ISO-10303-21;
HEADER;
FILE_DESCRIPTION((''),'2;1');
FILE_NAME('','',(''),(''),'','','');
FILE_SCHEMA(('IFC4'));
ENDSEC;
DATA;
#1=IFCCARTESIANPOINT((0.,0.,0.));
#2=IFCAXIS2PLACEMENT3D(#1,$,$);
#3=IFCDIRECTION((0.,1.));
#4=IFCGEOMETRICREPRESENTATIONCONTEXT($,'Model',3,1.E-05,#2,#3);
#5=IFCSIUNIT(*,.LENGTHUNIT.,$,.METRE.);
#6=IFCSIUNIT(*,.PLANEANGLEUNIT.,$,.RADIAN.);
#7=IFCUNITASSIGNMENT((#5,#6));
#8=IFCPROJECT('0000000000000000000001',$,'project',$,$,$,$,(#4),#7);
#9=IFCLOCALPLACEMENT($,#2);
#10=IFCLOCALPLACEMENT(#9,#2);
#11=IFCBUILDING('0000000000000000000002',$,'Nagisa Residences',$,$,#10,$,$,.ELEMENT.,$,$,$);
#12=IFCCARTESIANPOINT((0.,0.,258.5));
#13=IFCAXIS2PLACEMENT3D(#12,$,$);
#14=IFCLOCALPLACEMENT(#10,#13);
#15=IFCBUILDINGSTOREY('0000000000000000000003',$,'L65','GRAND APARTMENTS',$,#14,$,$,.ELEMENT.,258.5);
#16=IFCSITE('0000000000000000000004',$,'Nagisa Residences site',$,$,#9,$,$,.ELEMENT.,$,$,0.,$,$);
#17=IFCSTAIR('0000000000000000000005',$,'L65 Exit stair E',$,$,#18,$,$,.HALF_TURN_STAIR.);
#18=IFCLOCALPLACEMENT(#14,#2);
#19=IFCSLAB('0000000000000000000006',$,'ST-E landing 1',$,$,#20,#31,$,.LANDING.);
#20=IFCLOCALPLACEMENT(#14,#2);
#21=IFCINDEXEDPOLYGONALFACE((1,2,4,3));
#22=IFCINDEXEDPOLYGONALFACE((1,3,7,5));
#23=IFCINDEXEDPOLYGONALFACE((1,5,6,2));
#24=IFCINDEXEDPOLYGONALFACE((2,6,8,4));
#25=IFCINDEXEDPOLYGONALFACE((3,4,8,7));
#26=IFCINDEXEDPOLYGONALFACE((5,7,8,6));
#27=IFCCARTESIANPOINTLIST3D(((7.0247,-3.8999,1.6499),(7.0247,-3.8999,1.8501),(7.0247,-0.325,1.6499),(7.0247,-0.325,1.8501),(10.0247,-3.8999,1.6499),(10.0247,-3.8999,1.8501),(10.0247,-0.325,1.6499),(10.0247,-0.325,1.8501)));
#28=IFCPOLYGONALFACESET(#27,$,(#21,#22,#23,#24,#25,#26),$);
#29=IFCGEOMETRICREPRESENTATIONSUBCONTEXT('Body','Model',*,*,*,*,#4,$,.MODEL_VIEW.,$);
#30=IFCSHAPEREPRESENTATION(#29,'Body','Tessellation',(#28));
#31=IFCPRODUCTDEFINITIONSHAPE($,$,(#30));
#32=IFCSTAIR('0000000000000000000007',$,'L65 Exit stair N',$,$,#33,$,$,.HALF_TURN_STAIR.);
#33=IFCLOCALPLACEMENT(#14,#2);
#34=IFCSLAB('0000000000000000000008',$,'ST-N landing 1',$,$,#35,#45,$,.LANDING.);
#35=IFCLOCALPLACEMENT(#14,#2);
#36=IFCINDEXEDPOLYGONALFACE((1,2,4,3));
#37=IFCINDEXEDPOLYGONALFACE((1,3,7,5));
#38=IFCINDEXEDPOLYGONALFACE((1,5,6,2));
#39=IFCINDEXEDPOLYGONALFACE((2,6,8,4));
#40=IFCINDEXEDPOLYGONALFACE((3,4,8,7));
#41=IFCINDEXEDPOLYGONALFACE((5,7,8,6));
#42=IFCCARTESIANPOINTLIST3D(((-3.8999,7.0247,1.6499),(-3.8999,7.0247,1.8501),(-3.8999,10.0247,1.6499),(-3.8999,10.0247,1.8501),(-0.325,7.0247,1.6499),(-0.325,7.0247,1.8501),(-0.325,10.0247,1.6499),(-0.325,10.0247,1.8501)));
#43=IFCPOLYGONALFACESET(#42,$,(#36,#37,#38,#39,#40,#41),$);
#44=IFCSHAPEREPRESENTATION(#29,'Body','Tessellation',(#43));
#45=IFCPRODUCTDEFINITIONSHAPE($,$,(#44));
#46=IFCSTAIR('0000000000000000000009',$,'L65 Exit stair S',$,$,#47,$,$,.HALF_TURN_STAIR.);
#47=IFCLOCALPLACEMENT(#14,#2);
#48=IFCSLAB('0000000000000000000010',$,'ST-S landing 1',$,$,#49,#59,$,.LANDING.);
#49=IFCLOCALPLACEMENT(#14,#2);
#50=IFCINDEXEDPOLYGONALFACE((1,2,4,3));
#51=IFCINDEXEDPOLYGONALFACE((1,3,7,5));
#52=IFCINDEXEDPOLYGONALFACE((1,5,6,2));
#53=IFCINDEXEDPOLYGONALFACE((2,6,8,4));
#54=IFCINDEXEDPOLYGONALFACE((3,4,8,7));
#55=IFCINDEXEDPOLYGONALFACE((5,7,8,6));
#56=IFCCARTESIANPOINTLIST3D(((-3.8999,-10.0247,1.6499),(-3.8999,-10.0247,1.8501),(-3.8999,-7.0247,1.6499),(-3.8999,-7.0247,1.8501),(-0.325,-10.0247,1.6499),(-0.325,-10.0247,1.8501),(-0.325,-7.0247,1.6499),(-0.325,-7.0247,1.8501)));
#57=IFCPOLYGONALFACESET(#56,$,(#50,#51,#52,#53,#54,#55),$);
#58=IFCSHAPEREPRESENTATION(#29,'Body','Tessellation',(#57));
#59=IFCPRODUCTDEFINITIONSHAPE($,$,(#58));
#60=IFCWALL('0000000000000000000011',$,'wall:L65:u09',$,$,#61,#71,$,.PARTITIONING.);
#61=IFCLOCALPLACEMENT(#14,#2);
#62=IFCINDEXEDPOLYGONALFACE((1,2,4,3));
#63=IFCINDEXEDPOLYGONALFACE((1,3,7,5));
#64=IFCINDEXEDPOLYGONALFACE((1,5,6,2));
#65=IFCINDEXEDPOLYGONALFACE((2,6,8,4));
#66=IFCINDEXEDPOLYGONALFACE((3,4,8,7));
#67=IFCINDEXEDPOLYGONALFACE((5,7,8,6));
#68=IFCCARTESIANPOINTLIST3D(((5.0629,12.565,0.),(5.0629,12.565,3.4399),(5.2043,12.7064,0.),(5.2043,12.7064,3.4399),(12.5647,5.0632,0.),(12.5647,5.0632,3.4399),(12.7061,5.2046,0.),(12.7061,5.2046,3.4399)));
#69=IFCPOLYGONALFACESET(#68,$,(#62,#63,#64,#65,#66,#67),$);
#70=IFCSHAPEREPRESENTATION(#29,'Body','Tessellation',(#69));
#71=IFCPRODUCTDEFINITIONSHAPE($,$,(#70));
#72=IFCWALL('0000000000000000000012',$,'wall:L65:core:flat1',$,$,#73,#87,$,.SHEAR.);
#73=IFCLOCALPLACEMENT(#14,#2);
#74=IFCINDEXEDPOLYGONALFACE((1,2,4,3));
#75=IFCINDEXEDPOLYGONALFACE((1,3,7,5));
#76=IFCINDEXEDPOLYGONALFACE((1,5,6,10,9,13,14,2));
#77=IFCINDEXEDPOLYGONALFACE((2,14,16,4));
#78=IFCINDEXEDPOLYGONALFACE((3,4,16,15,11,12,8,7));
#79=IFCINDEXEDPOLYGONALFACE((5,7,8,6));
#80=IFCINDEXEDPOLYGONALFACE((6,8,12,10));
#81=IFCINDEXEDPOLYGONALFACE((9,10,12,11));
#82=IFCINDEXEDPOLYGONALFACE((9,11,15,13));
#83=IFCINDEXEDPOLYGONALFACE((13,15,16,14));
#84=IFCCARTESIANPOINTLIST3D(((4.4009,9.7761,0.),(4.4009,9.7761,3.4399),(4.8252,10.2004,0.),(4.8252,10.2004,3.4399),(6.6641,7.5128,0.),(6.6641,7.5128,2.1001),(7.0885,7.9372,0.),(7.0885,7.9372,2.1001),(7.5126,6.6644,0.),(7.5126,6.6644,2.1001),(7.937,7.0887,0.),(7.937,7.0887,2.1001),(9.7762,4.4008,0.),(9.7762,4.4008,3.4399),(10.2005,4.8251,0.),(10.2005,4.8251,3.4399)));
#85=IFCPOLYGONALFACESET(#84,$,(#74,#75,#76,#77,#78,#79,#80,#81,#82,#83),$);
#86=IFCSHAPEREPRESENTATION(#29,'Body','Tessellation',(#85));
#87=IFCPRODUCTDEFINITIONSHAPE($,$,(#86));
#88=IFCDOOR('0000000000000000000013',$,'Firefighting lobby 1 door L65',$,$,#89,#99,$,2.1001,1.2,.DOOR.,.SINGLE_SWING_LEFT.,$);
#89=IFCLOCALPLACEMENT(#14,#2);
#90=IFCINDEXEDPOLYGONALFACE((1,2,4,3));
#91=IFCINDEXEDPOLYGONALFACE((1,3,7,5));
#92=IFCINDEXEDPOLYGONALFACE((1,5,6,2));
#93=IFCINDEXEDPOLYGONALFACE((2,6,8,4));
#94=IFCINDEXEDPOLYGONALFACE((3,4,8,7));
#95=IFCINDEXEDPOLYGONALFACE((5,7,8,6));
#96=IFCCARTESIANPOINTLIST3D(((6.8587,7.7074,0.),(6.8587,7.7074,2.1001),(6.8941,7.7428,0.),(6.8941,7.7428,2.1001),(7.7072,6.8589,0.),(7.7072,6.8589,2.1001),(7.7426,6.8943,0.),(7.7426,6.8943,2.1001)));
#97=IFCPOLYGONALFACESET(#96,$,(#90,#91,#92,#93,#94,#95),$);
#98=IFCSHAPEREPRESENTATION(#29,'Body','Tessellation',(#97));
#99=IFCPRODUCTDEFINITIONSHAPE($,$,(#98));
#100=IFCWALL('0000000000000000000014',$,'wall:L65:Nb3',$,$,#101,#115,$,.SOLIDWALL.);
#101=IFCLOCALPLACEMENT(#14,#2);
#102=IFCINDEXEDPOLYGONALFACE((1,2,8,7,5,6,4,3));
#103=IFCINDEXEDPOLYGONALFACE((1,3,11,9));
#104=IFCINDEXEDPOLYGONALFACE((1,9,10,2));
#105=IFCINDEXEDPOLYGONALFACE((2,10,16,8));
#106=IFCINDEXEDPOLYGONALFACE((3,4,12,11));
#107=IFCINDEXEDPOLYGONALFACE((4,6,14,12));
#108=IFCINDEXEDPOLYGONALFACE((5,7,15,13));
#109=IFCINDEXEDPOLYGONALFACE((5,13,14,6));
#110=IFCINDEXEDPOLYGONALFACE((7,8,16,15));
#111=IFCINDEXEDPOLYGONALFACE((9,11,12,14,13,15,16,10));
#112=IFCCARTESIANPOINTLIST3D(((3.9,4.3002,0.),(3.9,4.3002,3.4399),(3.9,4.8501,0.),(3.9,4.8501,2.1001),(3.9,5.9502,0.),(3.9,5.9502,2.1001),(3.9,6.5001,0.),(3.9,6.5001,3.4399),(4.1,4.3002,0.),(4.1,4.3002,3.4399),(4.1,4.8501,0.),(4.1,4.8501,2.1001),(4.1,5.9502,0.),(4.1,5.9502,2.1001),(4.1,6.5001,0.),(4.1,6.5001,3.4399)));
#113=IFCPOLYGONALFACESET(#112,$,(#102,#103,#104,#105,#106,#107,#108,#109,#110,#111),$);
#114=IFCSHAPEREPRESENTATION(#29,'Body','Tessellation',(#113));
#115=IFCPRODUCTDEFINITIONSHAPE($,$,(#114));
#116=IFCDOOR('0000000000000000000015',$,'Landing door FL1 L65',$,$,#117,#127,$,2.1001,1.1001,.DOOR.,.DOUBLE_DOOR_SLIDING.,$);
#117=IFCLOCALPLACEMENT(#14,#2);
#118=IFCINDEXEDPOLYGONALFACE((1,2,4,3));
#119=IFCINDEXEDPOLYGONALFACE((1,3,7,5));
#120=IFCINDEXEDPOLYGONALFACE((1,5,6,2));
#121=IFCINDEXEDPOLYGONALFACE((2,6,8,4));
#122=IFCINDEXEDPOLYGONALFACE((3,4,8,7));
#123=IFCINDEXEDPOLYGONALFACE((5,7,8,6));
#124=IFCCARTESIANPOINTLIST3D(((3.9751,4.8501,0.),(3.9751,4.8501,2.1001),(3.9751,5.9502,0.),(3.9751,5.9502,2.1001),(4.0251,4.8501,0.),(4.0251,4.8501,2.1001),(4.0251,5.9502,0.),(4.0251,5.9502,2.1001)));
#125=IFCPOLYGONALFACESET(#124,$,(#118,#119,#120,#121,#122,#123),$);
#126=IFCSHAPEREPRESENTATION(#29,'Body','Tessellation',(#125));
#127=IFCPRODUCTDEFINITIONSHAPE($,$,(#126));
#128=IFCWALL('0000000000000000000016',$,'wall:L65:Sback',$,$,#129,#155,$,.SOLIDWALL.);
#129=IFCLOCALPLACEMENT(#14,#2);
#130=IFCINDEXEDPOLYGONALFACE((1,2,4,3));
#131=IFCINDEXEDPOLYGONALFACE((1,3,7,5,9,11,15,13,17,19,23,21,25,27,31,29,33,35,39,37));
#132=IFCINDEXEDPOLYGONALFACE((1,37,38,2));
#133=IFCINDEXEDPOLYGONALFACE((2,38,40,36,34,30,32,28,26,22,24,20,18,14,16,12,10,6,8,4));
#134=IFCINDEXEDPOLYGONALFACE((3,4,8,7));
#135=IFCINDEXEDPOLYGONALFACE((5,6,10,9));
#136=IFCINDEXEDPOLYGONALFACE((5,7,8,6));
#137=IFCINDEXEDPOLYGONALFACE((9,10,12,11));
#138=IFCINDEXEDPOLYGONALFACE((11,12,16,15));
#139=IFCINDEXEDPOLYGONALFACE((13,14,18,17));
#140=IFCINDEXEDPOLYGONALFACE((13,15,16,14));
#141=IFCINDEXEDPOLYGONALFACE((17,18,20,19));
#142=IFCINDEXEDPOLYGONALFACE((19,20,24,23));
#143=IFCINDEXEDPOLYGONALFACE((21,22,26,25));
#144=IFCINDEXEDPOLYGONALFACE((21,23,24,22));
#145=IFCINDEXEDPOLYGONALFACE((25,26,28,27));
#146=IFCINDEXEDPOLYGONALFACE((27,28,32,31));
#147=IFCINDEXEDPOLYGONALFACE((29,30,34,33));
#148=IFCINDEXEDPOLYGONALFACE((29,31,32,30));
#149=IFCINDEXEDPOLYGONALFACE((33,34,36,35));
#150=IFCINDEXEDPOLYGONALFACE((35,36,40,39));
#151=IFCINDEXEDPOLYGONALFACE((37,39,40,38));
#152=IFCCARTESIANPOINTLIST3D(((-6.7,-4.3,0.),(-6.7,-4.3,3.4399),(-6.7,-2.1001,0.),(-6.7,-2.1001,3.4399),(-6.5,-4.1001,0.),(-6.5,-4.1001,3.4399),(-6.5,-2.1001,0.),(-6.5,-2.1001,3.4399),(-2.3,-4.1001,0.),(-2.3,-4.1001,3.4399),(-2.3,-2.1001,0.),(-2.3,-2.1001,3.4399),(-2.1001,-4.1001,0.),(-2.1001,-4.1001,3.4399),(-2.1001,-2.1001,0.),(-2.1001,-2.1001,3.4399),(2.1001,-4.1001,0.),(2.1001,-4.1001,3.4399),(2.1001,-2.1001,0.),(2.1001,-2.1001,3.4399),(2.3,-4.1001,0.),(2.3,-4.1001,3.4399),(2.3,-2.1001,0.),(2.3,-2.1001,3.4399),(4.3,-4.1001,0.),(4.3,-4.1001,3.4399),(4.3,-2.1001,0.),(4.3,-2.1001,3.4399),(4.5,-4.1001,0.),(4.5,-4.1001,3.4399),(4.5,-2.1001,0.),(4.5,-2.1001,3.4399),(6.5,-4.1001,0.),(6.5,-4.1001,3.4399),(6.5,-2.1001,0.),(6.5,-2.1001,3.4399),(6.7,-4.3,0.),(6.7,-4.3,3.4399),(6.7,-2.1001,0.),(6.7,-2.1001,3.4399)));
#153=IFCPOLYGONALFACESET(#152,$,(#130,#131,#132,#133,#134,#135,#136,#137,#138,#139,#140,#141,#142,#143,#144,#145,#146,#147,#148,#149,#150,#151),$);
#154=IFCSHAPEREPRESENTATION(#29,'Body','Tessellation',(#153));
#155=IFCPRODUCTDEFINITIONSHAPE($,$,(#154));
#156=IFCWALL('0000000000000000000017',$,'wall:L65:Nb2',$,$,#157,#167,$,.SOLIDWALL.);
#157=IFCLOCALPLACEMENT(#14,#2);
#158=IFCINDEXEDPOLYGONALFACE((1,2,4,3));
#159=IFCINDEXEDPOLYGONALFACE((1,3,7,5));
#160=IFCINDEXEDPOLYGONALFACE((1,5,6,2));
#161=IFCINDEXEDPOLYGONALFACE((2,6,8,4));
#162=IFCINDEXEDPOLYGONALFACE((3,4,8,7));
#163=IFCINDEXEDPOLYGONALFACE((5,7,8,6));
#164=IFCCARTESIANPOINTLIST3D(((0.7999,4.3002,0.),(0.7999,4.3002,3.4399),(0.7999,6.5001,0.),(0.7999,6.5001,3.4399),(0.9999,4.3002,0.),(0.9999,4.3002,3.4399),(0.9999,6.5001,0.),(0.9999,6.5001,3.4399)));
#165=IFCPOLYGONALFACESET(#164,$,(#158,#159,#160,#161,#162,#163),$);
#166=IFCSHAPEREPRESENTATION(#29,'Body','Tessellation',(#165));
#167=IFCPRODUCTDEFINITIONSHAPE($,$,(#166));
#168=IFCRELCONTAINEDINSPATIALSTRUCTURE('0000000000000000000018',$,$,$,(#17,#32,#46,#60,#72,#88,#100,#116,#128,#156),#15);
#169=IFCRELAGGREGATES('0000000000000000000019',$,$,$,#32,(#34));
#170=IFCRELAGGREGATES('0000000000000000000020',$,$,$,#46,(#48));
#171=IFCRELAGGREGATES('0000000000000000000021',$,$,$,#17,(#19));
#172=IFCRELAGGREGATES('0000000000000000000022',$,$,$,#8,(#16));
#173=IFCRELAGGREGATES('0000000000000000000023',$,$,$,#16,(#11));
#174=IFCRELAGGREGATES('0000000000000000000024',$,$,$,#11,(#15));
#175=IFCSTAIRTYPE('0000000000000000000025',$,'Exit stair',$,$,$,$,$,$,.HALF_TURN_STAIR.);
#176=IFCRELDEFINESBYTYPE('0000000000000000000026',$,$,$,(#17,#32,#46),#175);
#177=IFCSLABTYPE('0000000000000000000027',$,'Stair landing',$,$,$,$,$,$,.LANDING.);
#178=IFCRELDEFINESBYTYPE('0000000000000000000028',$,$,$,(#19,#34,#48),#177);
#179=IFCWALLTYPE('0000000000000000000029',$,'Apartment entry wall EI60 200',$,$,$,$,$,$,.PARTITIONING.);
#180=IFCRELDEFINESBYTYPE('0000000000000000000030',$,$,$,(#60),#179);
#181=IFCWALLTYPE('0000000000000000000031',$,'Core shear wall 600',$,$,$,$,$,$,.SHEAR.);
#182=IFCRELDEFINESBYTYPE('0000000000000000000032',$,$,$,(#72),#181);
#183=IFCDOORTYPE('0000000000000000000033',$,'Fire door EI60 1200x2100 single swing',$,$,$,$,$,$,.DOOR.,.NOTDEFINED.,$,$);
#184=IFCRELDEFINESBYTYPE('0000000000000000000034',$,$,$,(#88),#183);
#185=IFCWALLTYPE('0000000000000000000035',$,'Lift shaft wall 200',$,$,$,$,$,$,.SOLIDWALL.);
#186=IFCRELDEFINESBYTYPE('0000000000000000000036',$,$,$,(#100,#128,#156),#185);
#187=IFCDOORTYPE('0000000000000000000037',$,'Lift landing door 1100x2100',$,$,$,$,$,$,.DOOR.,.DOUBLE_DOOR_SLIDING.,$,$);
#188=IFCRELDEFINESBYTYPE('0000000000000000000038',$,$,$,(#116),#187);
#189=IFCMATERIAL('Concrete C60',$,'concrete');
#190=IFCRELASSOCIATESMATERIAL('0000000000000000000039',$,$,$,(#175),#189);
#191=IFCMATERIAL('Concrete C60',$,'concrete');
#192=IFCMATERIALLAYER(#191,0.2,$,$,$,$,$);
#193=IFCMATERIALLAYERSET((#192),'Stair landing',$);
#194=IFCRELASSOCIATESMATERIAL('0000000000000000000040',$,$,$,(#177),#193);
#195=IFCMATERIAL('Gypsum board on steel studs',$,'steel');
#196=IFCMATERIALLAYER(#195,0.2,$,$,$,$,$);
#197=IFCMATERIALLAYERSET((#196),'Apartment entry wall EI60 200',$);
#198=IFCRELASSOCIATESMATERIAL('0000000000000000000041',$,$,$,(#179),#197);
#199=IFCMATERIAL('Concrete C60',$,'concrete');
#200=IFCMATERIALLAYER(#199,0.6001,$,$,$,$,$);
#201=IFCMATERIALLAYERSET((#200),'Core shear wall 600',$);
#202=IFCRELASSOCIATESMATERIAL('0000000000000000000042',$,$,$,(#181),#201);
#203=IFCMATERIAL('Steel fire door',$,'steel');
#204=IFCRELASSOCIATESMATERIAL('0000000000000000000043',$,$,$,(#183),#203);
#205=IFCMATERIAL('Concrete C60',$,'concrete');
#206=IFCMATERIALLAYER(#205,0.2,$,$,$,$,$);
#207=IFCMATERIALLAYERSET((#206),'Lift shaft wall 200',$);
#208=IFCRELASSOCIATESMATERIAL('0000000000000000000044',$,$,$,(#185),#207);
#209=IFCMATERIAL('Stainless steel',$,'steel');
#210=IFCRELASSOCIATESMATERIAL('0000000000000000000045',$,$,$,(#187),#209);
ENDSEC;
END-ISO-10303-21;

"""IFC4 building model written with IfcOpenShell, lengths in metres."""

from ifc_helpers import new_model, si_unit, direction, frame, frame_2d, origin, place, context, subcontext, project, spatial, polyline, rectangle, outline, extrude, material, layer, layer_set, type_object, element, fill, aggregate, save


model = new_model("IFC4")

# Units and contexts
model_context = context("Model", 3, precision=1e-05, world=origin(), true_north=direction((0.0, 1.0)))
body_context = subcontext(model_context, "Body", "Model", "MODEL_VIEW")
ifc_project = project(units=[si_unit("LENGTHUNIT", "METRE"), si_unit("PLANEANGLEUNIT", "RADIAN")], contexts=[model_context])

# Site, building, storey
site_placement = place(None, origin())
site = spatial("IfcSite", under=ifc_project, at=site_placement, Name="Nagisa Residences site", CompositionType="ELEMENT", RefElevation=0.0)
building_placement = place(site_placement, origin())
building = spatial("IfcBuilding", under=site, at=building_placement, Name="Nagisa Residences", CompositionType="ELEMENT")
storey_placement = place(building_placement, frame((0.0, 0.0, 258.5)))
storey = spatial("IfcBuildingStorey", under=building, at=storey_placement, Name="L65", Description="GRAND APARTMENTS", CompositionType="ELEMENT", Elevation=258.5)

# Stairs, slabs
ifc_material_1 = material(Name="Concrete C60", Category="concrete")
stair_type = type_object("IfcStairType", Name="Exit stair", PredefinedType="HALF_TURN_STAIR", material=ifc_material_1)
stair_1_placement = place(storey_placement, origin())
stair_1 = element("IfcStair", 1, at=stair_1_placement, inside=storey, type_object=stair_type, Name="L65 Exit stair E", PredefinedType="HALF_TURN_STAIR")
ifc_material_2 = material(Name="Concrete C60", Category="concrete")
ifc_layer_1 = layer(ifc_material_2, 0.2)
ifc_layer_set_1 = layer_set([ifc_layer_1], Name="Stair landing")
slab_type = type_object("IfcSlabType", Name="Stair landing", PredefinedType="LANDING", material=ifc_layer_set_1)
slab_1_placement = place(storey_placement, frame((0.0, 0.0, 1.6499)))
slab_1 = element("IfcSlab", 2, at=slab_1_placement, type_object=slab_type, Name="ST-E landing 1", PredefinedType="LANDING", context=body_context, shape_type="SweptSolid", body=[
    extrude(outline(polyline([(7.0247, -0.325), (7.0247, -3.8999), (10.0247, -3.8999), (10.0247, -0.325), (7.0247, -0.325)])), origin(), (0.0, 0.0, 1.0), 0.2002),
])
stair_2_placement = place(storey_placement, origin())
stair_2 = element("IfcStair", 3, at=stair_2_placement, inside=storey, type_object=stair_type, Name="L65 Exit stair N", PredefinedType="HALF_TURN_STAIR")
slab_2_placement = place(storey_placement, frame((0.0, 0.0, 1.6499)))
slab_2 = element("IfcSlab", 4, at=slab_2_placement, type_object=slab_type, Name="ST-N landing 1", PredefinedType="LANDING", context=body_context, shape_type="SweptSolid", body=[
    extrude(outline(polyline([(-0.325, 10.0247), (-3.8999, 10.0247), (-3.8999, 7.0247), (-0.325, 7.0247), (-0.325, 10.0247)])), origin(), (0.0, 0.0, 1.0), 0.2002),
])
aggregate(stair_2, [slab_2])
stair_3_placement = place(storey_placement, origin())
stair_3 = element("IfcStair", 5, at=stair_3_placement, inside=storey, type_object=stair_type, Name="L65 Exit stair S", PredefinedType="HALF_TURN_STAIR")
slab_3_placement = place(storey_placement, frame((0.0, 0.0, 1.6499)))
slab_3 = element("IfcSlab", 6, at=slab_3_placement, type_object=slab_type, Name="ST-S landing 1", PredefinedType="LANDING", context=body_context, shape_type="SweptSolid", body=[
    extrude(outline(polyline([(-0.325, -7.0247), (-3.8999, -7.0247), (-3.8999, -10.0247), (-0.325, -10.0247), (-0.325, -7.0247)])), origin(), (0.0, 0.0, 1.0), 0.2002),
])
aggregate(stair_3, [slab_3])

# Wall
ifc_material_3 = material(Name="Gypsum board on steel studs", Category="steel")
ifc_layer_2 = layer(ifc_material_3, 0.2)
ifc_layer_set_2 = layer_set([ifc_layer_2], Name="Apartment entry wall EI60 200")
wall_type_1 = type_object("IfcWallType", Name="Apartment entry wall EI60 200", PredefinedType="PARTITIONING", material=ifc_layer_set_2)
wall_1_placement = place(storey_placement, frame((12.6355, 5.1338, 0.0), z_axis=(0.0, 0.0, 1.0), x_axis=(-0.707107, 0.707107, 0.0)))
element("IfcWall", 7, at=wall_1_placement, inside=storey, type_object=wall_type_1, Name="wall:L65:u09", PredefinedType="PARTITIONING", context=body_context, shape_type="SweptSolid", body=[
    extrude(rectangle(XDim=10.6091, YDim=0.2, at=frame_2d((5.3047, 0.0))), origin(), (0.0, 0.0, 1.0), 3.4399),
])

# Walls, openings, doors
ifc_material_4 = material(Name="Concrete C60", Category="concrete")
ifc_layer_3 = layer(ifc_material_4, 0.6001)
ifc_layer_set_3 = layer_set([ifc_layer_3], Name="Core shear wall 600")
wall_type_2 = type_object("IfcWallType", Name="Core shear wall 600", PredefinedType="SHEAR", material=ifc_layer_set_3)
wall_2_placement = place(storey_placement, frame((9.9883, 4.613, 0.0), z_axis=(0.0, 0.0, 1.0), x_axis=(-0.707107, 0.707107, 0.0)))
wall_2 = element("IfcWall", 8, at=wall_2_placement, inside=storey, type_object=wall_type_2, Name="wall:L65:core:flat1", PredefinedType="SHEAR", context=body_context, shape_type="SweptSolid", body=[
    extrude(rectangle(XDim=7.6018, YDim=0.6001, at=frame_2d((3.8008, 0.0))), origin(), (0.0, 0.0, 1.0), 3.4399),
])
opening_1_placement = place(wall_2_placement, frame((3.2009, 0.0, 0.0)))
opening_1 = element("IfcOpeningElement", 9, at=opening_1_placement, cuts=wall_2, PredefinedType="OPENING", context=body_context, shape_type="SweptSolid", body=[
    extrude(rectangle(XDim=1.2, YDim=2.1001, at=frame_2d((0.6001, 1.05))), frame((0.0, 0.3101, 0.0), z_axis=(0.0, -1.0, 0.0), x_axis=(1.0, 0.0, 0.0)), (0.0, 0.0, 1.0), 0.6201),
])
ifc_material_5 = material(Name="Steel fire door", Category="steel")
door_type_1 = type_object("IfcDoorType", Name="Fire door EI60 1200x2100 single swing", OperationType="NOTDEFINED", PredefinedType="DOOR", material=ifc_material_5)
door_1_placement = place(opening_1_placement, origin())
door_1 = element("IfcDoor", 10, at=door_1_placement, inside=storey, type_object=door_type_1, Name="Firefighting lobby 1 door L65", OperationType="SINGLE_SWING_LEFT", OverallHeight=2.1001, OverallWidth=1.2, PredefinedType="DOOR", context=body_context, shape_type="SweptSolid", body=[
    extrude(rectangle(XDim=1.2, YDim=2.1001, at=frame_2d((0.6001, 1.05))), frame((0.0, 0.0249, 0.0), z_axis=(0.0, -1.0, 0.0), x_axis=(1.0, 0.0, 0.0)), (0.0, 0.0, 1.0), 0.05),
])
fill(opening_1, door_1)
ifc_material_6 = material(Name="Concrete C60", Category="concrete")
ifc_layer_4 = layer(ifc_material_6, 0.2)
ifc_layer_set_4 = layer_set([ifc_layer_4], Name="Lift shaft wall 200")
wall_type_3 = type_object("IfcWallType", Name="Lift shaft wall 200", PredefinedType="SOLIDWALL", material=ifc_layer_set_4)
wall_3_placement = place(storey_placement, frame((4.0, 4.3, 0.0), z_axis=(0.0, 0.0, 1.0), x_axis=(0.0, 1.0, 0.0)))
wall_3 = element("IfcWall", 11, at=wall_3_placement, inside=storey, type_object=wall_type_3, Name="wall:L65:Nb3", PredefinedType="SOLIDWALL", context=body_context, shape_type="SweptSolid", body=[
    extrude(rectangle(XDim=2.2, YDim=0.2, at=frame_2d((1.1001, 0.0))), origin(), (0.0, 0.0, 1.0), 3.4399),
])
opening_2_placement = place(wall_3_placement, frame((0.55, 0.0, 0.0)))
opening_2 = element("IfcOpeningElement", 12, at=opening_2_placement, cuts=wall_3, PredefinedType="OPENING", context=body_context, shape_type="SweptSolid", body=[
    extrude(rectangle(XDim=1.1001, YDim=2.1001, at=frame_2d((0.55, 1.05))), frame((0.0, 0.1099, 0.0), z_axis=(0.0, -1.0, 0.0), x_axis=(1.0, 0.0, 0.0)), (0.0, 0.0, 1.0), 0.22),
])
ifc_material_7 = material(Name="Stainless steel", Category="steel")
door_type_2 = type_object("IfcDoorType", Name="Lift landing door 1100x2100", OperationType="DOUBLE_DOOR_SLIDING", PredefinedType="DOOR", material=ifc_material_7)
door_2_placement = place(opening_2_placement, origin())
door_2 = element("IfcDoor", 13, at=door_2_placement, inside=storey, type_object=door_type_2, Name="Landing door FL1 L65", OperationType="DOUBLE_DOOR_SLIDING", OverallHeight=2.1001, OverallWidth=1.1001, PredefinedType="DOOR", context=body_context, shape_type="SweptSolid", body=[
    extrude(rectangle(XDim=1.1001, YDim=2.1001, at=frame_2d((0.55, 1.05))), frame((0.0, 0.0249, 0.0), z_axis=(0.0, -1.0, 0.0), x_axis=(1.0, 0.0, 0.0)), (0.0, 0.0, 1.0), 0.05),
])
fill(opening_2, door_2)

# Walls
wall_4_placement = place(storey_placement, origin())
element("IfcWall", 14, at=wall_4_placement, inside=storey, type_object=wall_type_3, Name="wall:L65:Sback", PredefinedType="SOLIDWALL", context=body_context, shape_type="SweptSolid", body=[
    extrude(outline(polyline([(-6.7, -2.1001), (-6.5, -2.1001), (-6.5, -4.1001), (-2.3, -4.1001), (-2.3, -2.1001), (-2.1001, -2.1001), (-2.1001, -4.1001), (2.1001, -4.1001), (2.1001, -2.1001), (2.3, -2.1001), (2.3, -4.1001), (4.3, -4.1001), (4.3, -2.1001), (4.5, -2.1001), (4.5, -4.1001), (6.5, -4.1001), (6.5, -2.1001), (6.7, -2.1001), (6.7, -4.3), (-6.7, -4.3), (-6.7, -2.1001)])), origin(), (0.0, 0.0, 1.0), 3.4399),
])
wall_5_placement = place(storey_placement, frame((0.8999, 4.3, 0.0), z_axis=(0.0, 0.0, 1.0), x_axis=(0.0, 1.0, 0.0)))
element("IfcWall", 15, at=wall_5_placement, inside=storey, type_object=wall_type_3, Name="wall:L65:Nb2", PredefinedType="SOLIDWALL", context=body_context, shape_type="SweptSolid", body=[
    extrude(rectangle(XDim=2.2, YDim=0.2, at=frame_2d((1.1001, 0.0))), origin(), (0.0, 0.0, 1.0), 3.4399),
])

aggregate(stair_1, [slab_1])

save(model, "model.ifc")
